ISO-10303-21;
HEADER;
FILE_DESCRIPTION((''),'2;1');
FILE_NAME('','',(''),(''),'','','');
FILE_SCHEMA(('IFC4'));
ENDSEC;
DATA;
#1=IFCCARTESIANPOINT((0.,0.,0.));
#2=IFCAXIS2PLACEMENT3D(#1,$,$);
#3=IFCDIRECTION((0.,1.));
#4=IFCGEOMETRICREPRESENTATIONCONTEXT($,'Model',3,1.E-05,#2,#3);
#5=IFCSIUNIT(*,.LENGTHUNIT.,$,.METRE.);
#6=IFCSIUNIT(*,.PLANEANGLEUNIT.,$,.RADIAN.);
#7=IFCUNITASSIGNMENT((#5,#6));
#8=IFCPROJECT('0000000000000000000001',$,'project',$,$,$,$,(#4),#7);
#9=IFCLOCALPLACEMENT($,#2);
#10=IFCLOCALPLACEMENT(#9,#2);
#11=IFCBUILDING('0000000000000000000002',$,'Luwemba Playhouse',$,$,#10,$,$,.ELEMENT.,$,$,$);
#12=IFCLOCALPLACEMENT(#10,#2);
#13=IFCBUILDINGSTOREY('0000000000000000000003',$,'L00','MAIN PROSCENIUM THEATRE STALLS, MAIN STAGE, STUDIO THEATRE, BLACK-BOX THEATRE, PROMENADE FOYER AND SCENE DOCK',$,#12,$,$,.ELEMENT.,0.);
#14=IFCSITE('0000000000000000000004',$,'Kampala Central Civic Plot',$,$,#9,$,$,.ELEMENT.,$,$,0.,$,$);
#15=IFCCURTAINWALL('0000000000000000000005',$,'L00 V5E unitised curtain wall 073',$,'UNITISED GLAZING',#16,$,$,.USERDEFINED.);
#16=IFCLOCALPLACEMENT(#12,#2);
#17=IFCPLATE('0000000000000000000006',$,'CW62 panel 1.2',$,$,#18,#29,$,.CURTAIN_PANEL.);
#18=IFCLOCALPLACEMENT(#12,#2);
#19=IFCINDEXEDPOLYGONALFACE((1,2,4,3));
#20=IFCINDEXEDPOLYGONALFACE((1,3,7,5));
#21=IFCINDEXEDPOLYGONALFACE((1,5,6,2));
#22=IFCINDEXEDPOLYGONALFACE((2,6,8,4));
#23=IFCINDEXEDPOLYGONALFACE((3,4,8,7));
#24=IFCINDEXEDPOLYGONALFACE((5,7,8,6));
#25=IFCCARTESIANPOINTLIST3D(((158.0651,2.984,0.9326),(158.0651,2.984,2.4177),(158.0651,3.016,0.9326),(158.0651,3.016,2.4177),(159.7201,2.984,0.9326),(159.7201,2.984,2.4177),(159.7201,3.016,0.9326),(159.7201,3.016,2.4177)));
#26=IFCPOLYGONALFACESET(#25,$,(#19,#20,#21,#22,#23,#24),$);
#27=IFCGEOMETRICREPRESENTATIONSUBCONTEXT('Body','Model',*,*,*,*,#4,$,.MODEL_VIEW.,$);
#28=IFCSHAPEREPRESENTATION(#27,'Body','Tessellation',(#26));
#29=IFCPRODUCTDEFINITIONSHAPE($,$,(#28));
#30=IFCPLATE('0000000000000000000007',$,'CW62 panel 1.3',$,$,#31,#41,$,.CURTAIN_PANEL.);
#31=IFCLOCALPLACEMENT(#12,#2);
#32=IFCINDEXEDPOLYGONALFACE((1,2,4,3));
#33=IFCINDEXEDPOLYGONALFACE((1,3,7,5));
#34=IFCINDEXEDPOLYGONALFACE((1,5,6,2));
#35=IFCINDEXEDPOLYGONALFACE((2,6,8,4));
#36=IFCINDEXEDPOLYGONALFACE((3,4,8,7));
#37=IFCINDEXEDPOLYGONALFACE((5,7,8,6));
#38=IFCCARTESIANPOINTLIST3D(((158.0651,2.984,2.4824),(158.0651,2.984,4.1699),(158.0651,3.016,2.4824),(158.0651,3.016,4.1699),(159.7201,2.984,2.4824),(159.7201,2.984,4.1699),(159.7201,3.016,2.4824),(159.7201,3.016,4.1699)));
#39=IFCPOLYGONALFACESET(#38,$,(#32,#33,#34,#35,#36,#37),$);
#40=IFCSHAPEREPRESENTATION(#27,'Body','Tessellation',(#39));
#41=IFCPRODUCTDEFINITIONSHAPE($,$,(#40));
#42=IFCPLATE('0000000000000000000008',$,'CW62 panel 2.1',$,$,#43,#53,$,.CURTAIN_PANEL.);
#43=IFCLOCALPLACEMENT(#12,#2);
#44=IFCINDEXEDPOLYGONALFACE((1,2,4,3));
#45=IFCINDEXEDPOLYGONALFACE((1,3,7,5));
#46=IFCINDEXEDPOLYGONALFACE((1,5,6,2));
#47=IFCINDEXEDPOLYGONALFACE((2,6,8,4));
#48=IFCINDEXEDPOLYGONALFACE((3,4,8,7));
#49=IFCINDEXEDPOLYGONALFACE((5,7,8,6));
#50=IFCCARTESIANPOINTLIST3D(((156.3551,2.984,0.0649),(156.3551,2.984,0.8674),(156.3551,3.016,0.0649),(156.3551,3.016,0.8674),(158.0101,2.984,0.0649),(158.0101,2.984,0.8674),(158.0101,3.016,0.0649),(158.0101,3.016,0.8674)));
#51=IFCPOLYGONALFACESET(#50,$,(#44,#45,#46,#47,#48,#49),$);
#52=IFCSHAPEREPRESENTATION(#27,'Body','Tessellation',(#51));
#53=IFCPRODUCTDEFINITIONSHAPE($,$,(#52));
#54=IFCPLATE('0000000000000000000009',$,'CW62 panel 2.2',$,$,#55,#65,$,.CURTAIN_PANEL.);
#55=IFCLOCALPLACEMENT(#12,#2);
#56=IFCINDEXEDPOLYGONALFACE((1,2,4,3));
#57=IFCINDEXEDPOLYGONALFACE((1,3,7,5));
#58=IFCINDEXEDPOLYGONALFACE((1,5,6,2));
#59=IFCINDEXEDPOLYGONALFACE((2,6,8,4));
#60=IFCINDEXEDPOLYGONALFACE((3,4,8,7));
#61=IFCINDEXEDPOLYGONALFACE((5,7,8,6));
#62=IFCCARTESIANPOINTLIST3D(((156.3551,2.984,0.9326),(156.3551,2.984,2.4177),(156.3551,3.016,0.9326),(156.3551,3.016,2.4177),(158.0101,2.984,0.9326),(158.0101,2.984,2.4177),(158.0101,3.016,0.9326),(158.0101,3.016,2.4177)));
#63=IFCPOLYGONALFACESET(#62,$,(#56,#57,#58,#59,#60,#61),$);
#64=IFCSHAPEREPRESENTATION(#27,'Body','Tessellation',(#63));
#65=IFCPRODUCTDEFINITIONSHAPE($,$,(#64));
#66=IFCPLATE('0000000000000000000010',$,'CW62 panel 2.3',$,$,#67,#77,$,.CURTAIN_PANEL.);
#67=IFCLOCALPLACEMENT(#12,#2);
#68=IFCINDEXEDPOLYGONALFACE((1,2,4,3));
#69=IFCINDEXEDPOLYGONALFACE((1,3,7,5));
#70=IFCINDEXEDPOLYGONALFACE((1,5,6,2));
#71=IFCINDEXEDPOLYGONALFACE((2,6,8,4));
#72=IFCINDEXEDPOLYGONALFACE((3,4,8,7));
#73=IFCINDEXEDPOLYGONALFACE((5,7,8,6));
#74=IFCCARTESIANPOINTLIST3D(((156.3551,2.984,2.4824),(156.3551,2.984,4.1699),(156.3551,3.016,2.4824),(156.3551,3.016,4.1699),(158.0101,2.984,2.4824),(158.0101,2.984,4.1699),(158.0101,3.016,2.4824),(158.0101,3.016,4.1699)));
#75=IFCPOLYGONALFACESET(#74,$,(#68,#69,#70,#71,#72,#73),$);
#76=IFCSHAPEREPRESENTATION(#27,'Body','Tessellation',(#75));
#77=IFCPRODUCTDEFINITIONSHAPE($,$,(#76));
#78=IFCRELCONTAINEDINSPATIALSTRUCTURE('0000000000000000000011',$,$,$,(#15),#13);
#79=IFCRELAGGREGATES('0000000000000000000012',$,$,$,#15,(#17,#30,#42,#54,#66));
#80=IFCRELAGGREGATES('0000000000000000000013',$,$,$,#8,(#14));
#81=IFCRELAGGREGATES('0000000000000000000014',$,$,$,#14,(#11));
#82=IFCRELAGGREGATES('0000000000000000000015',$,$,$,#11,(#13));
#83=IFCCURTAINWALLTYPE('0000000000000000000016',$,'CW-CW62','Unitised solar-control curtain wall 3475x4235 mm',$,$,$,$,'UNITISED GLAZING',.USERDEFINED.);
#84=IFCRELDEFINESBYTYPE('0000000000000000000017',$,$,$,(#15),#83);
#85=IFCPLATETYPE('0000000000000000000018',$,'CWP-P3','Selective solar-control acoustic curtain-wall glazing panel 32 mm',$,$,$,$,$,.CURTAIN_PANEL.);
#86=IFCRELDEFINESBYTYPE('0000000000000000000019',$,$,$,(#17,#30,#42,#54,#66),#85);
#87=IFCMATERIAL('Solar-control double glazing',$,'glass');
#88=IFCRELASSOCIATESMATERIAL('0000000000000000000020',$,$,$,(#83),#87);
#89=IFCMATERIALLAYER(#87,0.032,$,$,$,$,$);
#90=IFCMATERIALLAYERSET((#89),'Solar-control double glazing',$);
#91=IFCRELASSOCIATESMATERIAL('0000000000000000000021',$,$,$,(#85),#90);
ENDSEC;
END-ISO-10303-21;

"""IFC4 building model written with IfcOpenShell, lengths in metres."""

from ifc_helpers import new_model, si_unit, direction, frame, origin, origin_2d, place, context, subcontext, project, spatial, rectangle, extrude, material, layer, layer_set, type_object, element, aggregate, save


model = new_model("IFC4")

# Units and contexts
model_context = context("Model", 3, precision=1e-05, world=origin(), true_north=direction((0.0, 1.0)))
body_context = subcontext(model_context, "Body", "Model", "MODEL_VIEW")
ifc_project = project(units=[si_unit("LENGTHUNIT", "METRE"), si_unit("PLANEANGLEUNIT", "RADIAN")], contexts=[model_context])

# Site, building, storey
site_placement = place(None, origin())
site = spatial("IfcSite", under=ifc_project, at=site_placement, Name="Kampala Central Civic Plot", CompositionType="ELEMENT", RefElevation=0.0)
building_placement = place(site_placement, origin())
building = spatial("IfcBuilding", under=site, at=building_placement, Name="Luwemba Playhouse", CompositionType="ELEMENT")
storey_placement = place(building_placement, origin())
storey = spatial("IfcBuildingStorey", under=building, at=storey_placement, Name="L00", Description="MAIN PROSCENIUM THEATRE STALLS, MAIN STAGE, STUDIO THEATRE, BLACK-BOX THEATRE, PROMENADE FOYER AND SCENE DOCK", CompositionType="ELEMENT", Elevation=0.0)

# Curtain wall
ifc_material_1 = material(Name="Solar-control double glazing", Category="glass")
curtain_wall_type_1 = type_object("IfcCurtainWallType", Name="CW-CW62", Description="Unitised solar-control curtain wall 3475x4235 mm", ElementType="UNITISED GLAZING", PredefinedType="USERDEFINED", material=ifc_material_1)
curtain_wall_1_placement = place(storey_placement, origin())
curtain_wall_1 = element("IfcCurtainWall", 1, at=curtain_wall_1_placement, inside=storey, type_object=curtain_wall_type_1, Name="L00 V5E unitised curtain wall 073", ObjectType="UNITISED GLAZING", PredefinedType="USERDEFINED")

# Plates
ifc_layer_1 = layer(ifc_material_1, 0.032)
ifc_layer_set_1 = layer_set([ifc_layer_1], Name="Solar-control double glazing")
plate_type_1 = type_object("IfcPlateType", Name="CWP-P3", Description="Selective solar-control acoustic curtain-wall glazing panel 32 mm", PredefinedType="CURTAIN_PANEL", material=ifc_layer_set_1)
plate_1_placement = place(storey_placement, frame((158.8926, 3.0, 0.9326), z_axis=(0.0, 0.0, 1.0), x_axis=(-1.0, 0.0, 0.0)))
plate_1 = element("IfcPlate", 2, at=plate_1_placement, type_object=plate_type_1, Name="CW62 panel 1.2", PredefinedType="CURTAIN_PANEL", context=body_context, shape_type="SweptSolid", body=[
    extrude(rectangle(XDim=1.655, YDim=0.032, at=origin_2d()), origin(), (0.0, 0.0, 1.0), 1.4851),
])
plate_2_placement = place(storey_placement, frame((158.8926, 3.0, 2.4824), z_axis=(0.0, 0.0, 1.0), x_axis=(-1.0, 0.0, 0.0)))
plate_2 = element("IfcPlate", 3, at=plate_2_placement, type_object=plate_type_1, Name="CW62 panel 1.3", PredefinedType="CURTAIN_PANEL", context=body_context, shape_type="SweptSolid", body=[
    extrude(rectangle(XDim=1.655, YDim=0.032, at=origin_2d()), origin(), (0.0, 0.0, 1.0), 1.6875),
])
plate_3_placement = place(storey_placement, frame((157.1826, 3.0, 0.0649), z_axis=(0.0, 0.0, 1.0), x_axis=(-1.0, 0.0, 0.0)))
plate_3 = element("IfcPlate", 4, at=plate_3_placement, type_object=plate_type_1, Name="CW62 panel 2.1", PredefinedType="CURTAIN_PANEL", context=body_context, shape_type="SweptSolid", body=[
    extrude(rectangle(XDim=1.655, YDim=0.032, at=origin_2d()), origin(), (0.0, 0.0, 1.0), 0.8025),
])
plate_4_placement = place(storey_placement, frame((157.1826, 3.0, 0.9326), z_axis=(0.0, 0.0, 1.0), x_axis=(-1.0, 0.0, 0.0)))
plate_4 = element("IfcPlate", 5, at=plate_4_placement, type_object=plate_type_1, Name="CW62 panel 2.2", PredefinedType="CURTAIN_PANEL", context=body_context, shape_type="SweptSolid", body=[
    extrude(rectangle(XDim=1.655, YDim=0.032, at=origin_2d()), origin(), (0.0, 0.0, 1.0), 1.4851),
])
plate_5_placement = place(storey_placement, frame((157.1826, 3.0, 2.4824), z_axis=(0.0, 0.0, 1.0), x_axis=(-1.0, 0.0, 0.0)))
plate_5 = element("IfcPlate", 6, at=plate_5_placement, type_object=plate_type_1, Name="CW62 panel 2.3", PredefinedType="CURTAIN_PANEL", context=body_context, shape_type="SweptSolid", body=[
    extrude(rectangle(XDim=1.655, YDim=0.032, at=origin_2d()), origin(), (0.0, 0.0, 1.0), 1.6875),
])
aggregate(curtain_wall_1, [plate_1, plate_2, plate_3, plate_4, plate_5])

save(model, "model.ifc")
